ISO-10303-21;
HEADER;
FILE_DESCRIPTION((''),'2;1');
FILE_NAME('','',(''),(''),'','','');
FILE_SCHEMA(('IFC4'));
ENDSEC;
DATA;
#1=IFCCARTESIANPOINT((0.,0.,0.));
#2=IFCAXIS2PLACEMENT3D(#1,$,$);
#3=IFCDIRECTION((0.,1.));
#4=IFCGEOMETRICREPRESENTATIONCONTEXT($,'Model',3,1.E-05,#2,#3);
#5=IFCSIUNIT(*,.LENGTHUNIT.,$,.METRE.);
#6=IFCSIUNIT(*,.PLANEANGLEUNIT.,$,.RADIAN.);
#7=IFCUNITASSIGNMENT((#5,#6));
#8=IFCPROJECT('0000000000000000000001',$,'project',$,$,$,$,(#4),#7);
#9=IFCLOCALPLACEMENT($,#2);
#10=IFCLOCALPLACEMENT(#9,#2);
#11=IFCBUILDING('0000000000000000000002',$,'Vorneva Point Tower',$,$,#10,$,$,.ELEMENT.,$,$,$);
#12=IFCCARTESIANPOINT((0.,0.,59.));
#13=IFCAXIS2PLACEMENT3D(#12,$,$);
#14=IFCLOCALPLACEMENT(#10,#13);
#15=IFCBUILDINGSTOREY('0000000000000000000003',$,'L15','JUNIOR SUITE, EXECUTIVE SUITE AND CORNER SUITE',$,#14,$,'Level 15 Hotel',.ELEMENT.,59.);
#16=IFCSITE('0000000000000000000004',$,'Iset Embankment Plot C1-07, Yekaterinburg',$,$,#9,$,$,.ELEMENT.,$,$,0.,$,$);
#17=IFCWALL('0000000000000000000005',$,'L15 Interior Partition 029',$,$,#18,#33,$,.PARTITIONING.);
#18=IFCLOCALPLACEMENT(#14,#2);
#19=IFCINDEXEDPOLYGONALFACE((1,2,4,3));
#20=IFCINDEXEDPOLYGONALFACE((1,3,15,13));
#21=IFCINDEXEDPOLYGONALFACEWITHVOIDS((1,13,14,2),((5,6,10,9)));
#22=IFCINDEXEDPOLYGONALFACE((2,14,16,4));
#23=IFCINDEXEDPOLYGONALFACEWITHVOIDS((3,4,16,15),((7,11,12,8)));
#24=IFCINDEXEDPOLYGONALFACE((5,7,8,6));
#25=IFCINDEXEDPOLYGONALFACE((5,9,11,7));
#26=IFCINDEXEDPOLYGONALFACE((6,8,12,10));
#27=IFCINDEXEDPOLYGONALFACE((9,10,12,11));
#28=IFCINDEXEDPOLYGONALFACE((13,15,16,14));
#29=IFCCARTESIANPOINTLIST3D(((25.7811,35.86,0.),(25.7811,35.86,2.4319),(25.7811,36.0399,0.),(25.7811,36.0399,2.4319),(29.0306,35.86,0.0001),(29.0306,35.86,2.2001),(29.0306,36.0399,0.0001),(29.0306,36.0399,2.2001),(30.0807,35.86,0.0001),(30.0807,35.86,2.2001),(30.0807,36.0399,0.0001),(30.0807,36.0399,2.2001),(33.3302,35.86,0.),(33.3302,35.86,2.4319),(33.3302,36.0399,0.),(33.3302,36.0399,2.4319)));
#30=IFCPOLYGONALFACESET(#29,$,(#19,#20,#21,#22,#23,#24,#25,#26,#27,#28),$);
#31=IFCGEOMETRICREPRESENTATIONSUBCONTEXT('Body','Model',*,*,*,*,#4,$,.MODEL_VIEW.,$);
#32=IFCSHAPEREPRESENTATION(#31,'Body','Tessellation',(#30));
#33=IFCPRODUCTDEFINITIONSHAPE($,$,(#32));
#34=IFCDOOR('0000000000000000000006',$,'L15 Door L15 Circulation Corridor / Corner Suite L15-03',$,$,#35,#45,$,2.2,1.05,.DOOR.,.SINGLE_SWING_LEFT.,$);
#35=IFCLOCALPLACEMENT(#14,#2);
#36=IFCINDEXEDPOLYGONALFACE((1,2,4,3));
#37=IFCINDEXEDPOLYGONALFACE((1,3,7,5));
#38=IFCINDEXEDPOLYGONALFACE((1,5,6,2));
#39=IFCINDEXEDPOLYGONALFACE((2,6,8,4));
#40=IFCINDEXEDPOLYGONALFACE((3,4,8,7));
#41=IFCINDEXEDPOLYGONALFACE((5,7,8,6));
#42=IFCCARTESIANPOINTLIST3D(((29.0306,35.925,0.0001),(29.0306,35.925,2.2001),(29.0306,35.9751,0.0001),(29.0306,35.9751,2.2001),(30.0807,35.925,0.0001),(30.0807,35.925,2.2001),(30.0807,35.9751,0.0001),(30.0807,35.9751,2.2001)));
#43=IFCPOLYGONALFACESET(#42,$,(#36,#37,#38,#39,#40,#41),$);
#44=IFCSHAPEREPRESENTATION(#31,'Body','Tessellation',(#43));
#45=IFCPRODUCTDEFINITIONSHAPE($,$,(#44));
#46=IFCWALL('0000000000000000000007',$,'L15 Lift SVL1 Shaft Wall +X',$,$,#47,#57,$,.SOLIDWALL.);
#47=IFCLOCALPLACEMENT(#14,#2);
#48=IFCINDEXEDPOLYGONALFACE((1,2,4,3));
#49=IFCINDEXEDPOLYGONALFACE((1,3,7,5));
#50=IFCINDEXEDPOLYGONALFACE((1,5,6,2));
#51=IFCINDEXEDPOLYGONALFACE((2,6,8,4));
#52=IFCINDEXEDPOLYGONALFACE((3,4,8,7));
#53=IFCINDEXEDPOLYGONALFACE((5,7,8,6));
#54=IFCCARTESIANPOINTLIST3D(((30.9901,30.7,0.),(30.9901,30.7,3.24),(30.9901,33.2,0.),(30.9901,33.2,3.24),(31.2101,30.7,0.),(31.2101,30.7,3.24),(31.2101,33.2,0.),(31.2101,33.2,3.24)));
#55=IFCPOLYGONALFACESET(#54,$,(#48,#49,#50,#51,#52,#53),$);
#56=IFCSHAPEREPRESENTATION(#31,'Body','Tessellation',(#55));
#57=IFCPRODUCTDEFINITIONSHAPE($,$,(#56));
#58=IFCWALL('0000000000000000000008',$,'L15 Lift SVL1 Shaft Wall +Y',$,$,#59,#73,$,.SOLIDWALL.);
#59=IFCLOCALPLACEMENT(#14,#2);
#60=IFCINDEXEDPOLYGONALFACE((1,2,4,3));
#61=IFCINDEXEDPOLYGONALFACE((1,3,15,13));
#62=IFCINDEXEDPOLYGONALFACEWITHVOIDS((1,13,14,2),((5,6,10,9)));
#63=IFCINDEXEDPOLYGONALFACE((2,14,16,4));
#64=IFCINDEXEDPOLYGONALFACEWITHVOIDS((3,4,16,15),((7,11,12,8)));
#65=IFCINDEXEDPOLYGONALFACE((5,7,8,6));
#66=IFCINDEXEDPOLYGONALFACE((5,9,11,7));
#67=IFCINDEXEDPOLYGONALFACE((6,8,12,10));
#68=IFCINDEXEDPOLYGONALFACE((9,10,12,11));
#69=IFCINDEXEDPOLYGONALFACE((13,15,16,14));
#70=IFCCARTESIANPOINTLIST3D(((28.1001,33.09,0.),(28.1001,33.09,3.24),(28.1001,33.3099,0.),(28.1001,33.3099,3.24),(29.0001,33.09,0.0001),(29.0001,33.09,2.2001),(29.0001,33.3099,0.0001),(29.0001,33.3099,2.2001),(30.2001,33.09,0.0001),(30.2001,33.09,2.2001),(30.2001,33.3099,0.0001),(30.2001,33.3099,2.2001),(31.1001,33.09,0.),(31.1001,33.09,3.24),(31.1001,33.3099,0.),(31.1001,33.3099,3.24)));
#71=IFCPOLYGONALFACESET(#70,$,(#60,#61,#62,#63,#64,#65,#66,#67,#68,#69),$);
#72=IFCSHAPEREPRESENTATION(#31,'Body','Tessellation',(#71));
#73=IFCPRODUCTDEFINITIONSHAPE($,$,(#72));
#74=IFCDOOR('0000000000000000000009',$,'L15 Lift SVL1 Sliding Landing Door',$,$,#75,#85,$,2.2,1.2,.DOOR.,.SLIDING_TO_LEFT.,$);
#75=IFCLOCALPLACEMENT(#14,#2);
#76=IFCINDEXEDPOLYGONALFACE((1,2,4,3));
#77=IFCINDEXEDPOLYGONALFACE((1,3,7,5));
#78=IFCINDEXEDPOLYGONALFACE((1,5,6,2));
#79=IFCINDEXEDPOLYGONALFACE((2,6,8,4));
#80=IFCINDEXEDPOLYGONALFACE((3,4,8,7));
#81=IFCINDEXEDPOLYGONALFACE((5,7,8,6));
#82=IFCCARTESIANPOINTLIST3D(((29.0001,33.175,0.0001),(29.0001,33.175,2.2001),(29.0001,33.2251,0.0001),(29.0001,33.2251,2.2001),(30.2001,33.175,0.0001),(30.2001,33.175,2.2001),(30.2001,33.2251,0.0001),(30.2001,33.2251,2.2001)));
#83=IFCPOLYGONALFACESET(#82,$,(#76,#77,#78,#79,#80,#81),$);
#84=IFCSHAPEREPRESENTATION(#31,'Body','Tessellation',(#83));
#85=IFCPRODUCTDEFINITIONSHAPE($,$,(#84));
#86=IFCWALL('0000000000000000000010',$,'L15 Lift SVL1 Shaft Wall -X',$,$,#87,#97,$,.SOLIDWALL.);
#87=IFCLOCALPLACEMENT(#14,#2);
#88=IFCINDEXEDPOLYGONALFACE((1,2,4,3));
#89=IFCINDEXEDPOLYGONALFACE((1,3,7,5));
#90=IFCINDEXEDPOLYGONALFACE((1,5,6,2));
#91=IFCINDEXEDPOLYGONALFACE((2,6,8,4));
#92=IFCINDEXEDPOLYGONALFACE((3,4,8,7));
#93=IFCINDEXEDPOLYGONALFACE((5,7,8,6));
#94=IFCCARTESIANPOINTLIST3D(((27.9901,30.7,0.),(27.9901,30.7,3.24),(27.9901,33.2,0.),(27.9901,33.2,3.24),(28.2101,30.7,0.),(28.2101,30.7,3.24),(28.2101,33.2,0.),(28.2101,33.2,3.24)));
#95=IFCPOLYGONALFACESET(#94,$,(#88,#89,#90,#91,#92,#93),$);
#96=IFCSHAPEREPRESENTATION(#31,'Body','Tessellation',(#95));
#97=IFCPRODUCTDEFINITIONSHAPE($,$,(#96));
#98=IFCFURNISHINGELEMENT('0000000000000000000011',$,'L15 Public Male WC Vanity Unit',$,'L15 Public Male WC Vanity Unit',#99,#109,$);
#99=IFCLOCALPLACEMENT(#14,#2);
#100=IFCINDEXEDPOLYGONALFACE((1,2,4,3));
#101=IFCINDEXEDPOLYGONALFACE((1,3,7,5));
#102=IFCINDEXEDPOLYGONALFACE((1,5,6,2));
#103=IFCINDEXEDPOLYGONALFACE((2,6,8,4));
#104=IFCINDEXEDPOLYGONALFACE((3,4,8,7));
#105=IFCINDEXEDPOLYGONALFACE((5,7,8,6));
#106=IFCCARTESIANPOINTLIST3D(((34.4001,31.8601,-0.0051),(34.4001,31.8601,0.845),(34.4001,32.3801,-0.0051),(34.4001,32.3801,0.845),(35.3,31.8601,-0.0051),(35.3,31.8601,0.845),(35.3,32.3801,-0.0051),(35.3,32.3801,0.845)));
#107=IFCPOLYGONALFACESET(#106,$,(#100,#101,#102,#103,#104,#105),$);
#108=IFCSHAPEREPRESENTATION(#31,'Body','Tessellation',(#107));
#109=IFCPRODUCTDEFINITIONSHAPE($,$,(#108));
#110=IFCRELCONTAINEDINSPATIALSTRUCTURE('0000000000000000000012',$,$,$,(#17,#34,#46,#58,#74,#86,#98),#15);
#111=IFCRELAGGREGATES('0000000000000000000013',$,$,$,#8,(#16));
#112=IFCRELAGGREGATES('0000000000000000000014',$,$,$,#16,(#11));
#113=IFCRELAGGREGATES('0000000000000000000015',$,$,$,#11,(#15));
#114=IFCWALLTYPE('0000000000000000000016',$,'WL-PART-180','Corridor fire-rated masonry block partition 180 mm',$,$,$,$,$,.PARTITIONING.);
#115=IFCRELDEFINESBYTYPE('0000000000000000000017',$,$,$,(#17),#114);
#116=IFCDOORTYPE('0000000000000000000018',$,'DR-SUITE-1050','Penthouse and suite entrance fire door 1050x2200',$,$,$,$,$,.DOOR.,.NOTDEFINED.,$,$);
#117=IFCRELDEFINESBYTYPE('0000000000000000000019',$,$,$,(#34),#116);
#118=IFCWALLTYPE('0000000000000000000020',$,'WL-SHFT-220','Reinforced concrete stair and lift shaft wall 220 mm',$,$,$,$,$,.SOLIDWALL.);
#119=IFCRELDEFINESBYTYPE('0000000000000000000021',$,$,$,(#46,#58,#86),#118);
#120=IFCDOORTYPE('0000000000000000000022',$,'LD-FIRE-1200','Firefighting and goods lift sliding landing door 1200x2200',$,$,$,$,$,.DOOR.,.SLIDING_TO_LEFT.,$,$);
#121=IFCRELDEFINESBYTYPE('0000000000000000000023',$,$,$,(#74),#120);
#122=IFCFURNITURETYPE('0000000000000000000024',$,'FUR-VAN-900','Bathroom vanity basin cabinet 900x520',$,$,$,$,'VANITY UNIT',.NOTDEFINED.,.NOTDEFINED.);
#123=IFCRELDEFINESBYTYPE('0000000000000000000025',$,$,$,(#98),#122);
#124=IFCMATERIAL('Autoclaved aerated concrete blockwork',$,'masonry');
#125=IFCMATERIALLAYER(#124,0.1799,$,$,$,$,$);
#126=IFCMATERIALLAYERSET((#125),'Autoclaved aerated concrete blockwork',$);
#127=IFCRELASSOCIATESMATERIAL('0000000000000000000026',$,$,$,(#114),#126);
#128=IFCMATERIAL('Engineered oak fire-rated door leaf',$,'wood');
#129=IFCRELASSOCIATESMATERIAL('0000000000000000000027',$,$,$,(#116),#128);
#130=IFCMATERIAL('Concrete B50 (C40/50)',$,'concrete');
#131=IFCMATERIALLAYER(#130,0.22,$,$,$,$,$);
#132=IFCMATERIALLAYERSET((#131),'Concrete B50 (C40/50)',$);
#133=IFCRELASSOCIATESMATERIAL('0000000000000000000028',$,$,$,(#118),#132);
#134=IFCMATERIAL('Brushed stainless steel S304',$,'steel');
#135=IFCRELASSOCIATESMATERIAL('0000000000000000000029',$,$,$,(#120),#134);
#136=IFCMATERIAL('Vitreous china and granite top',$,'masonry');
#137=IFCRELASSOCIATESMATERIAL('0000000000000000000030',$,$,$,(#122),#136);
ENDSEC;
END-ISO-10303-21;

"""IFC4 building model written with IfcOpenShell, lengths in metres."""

from ifc_helpers import new_model, si_unit, direction, frame, frame_2d, origin, origin_2d, place, context, subcontext, project, spatial, rectangle, extrude, material, layer, layer_set, type_object, element, fill, save


model = new_model("IFC4")

# Units and contexts
model_context = context("Model", 3, precision=1e-05, world=origin(), true_north=direction((0.0, 1.0)))
body_context = subcontext(model_context, "Body", "Model", "MODEL_VIEW")
ifc_project = project(units=[si_unit("LENGTHUNIT", "METRE"), si_unit("PLANEANGLEUNIT", "RADIAN")], contexts=[model_context])

# Site, building, storey
site_placement = place(None, origin())
site = spatial("IfcSite", under=ifc_project, at=site_placement, Name="Iset Embankment Plot C1-07, Yekaterinburg", CompositionType="ELEMENT", RefElevation=0.0)
building_placement = place(site_placement, origin())
building = spatial("IfcBuilding", under=site, at=building_placement, Name="Vorneva Point Tower", CompositionType="ELEMENT")
storey_placement = place(building_placement, frame((0.0, 0.0, 59.0)))
storey = spatial("IfcBuildingStorey", under=building, at=storey_placement, Name="L15", Description="JUNIOR SUITE, EXECUTIVE SUITE AND CORNER SUITE", LongName="Level 15 Hotel", CompositionType="ELEMENT", Elevation=59.0)

# Shared definitions
ifc_material_1 = material(Name="Engineered oak fire-rated door leaf", Category="wood")

# Shared definitions
ifc_material_2 = material(Name="Autoclaved aerated concrete blockwork", Category="masonry")
ifc_layer_1 = layer(ifc_material_2, 0.1799)
ifc_layer_set_1 = layer_set([ifc_layer_1], Name="Autoclaved aerated concrete blockwork")
wall_type_1 = type_object("IfcWallType", Name="WL-PART-180", Description="Corridor fire-rated masonry block partition 180 mm", PredefinedType="PARTITIONING", material=ifc_layer_set_1)

# Wall, opening, door
wall_1_placement = place(storey_placement, frame((33.3301, 35.95, 0.0), z_axis=(0.0, 0.0, 1.0), x_axis=(-1.0, 0.0, 0.0)))
wall_1 = element("IfcWall", 1, at=wall_1_placement, inside=storey, type_object=wall_type_1, Name="L15 Interior Partition 029", PredefinedType="PARTITIONING", context=body_context, shape_type="SweptSolid", body=[
    extrude(rectangle(XDim=7.5491, YDim=0.1799, at=frame_2d((3.7744, 0.0))), origin(), (0.0, 0.0, 1.0), 2.4319),
])
opening_1_placement = place(wall_1_placement, frame((3.2495, 0.0, 0.0)))
opening_1 = element("IfcOpeningElement", 2, at=opening_1_placement, cuts=wall_1, PredefinedType="OPENING", context=body_context, shape_type="SweptSolid", body=[
    extrude(rectangle(XDim=1.05, YDim=2.2, at=frame_2d((0.5249, 1.1001))), frame((0.0, 0.105, 0.0), z_axis=(0.0, -1.0, 0.0), x_axis=(1.0, 0.0, 0.0)), (0.0, 0.0, 1.0), 0.2097),
])
door_type_1 = type_object("IfcDoorType", Name="DR-SUITE-1050", Description="Penthouse and suite entrance fire door 1050x2200", OperationType="NOTDEFINED", PredefinedType="DOOR", material=ifc_material_1)
door_1_placement = place(opening_1_placement, origin())
door_1 = element("IfcDoor", 3, at=door_1_placement, inside=storey, type_object=door_type_1, Name="L15 Door L15 Circulation Corridor / Corner Suite L15-03", OperationType="SINGLE_SWING_LEFT", OverallHeight=2.2, OverallWidth=1.05, PredefinedType="DOOR", context=body_context, shape_type="SweptSolid", body=[
    extrude(rectangle(XDim=1.05, YDim=2.2, at=frame_2d((0.5249, 1.1001))), frame((0.0, 0.0249, 0.0), z_axis=(0.0, -1.0, 0.0), x_axis=(1.0, 0.0, 0.0)), (0.0, 0.0, 1.0), 0.05),
])
fill(opening_1, door_1)

# Wall
ifc_material_3 = material(Name="Concrete B50 (C40/50)", Category="concrete")
ifc_layer_2 = layer(ifc_material_3, 0.22)
ifc_layer_set_2 = layer_set([ifc_layer_2], Name="Concrete B50 (C40/50)")
wall_type_2 = type_object("IfcWallType", Name="WL-SHFT-220", Description="Reinforced concrete stair and lift shaft wall 220 mm", PredefinedType="SOLIDWALL", material=ifc_layer_set_2)
wall_2_placement = place(storey_placement, frame((31.1001, 30.7, 0.0), z_axis=(0.0, 0.0, 1.0), x_axis=(0.0, 1.0, 0.0)))
element("IfcWall", 4, at=wall_2_placement, inside=storey, type_object=wall_type_2, Name="L15 Lift SVL1 Shaft Wall +X", PredefinedType="SOLIDWALL", context=body_context, shape_type="SweptSolid", body=[
    extrude(rectangle(XDim=2.5, YDim=0.22, at=frame_2d((1.25, 0.0))), origin(), (0.0, 0.0, 1.0), 3.24),
])

# Wall, opening, door
wall_3_placement = place(storey_placement, frame((31.1001, 33.2, 0.0), z_axis=(0.0, 0.0, 1.0), x_axis=(-1.0, 0.0, 0.0)))
wall_3 = element("IfcWall", 5, at=wall_3_placement, inside=storey, type_object=wall_type_2, Name="L15 Lift SVL1 Shaft Wall +Y", PredefinedType="SOLIDWALL", context=body_context, shape_type="SweptSolid", body=[
    extrude(rectangle(XDim=3.0, YDim=0.22, at=frame_2d((1.5, 0.0))), origin(), (0.0, 0.0, 1.0), 3.24),
])
opening_2_placement = place(wall_3_placement, frame((0.8999, 0.0, 0.0)))
opening_2 = element("IfcOpeningElement", 6, at=opening_2_placement, cuts=wall_3, PredefinedType="OPENING", context=body_context, shape_type="SweptSolid", body=[
    extrude(rectangle(XDim=1.2, YDim=2.2, at=frame_2d((0.6001, 1.1001))), frame((0.0, 0.125, 0.0), z_axis=(0.0, -1.0, 0.0), x_axis=(1.0, 0.0, 0.0)), (0.0, 0.0, 1.0), 0.2498),
])
ifc_material_4 = material(Name="Brushed stainless steel S304", Category="steel")
door_type_2 = type_object("IfcDoorType", Name="LD-FIRE-1200", Description="Firefighting and goods lift sliding landing door 1200x2200", OperationType="SLIDING_TO_LEFT", PredefinedType="DOOR", material=ifc_material_4)
door_2_placement = place(opening_2_placement, origin())
door_2 = element("IfcDoor", 7, at=door_2_placement, inside=storey, type_object=door_type_2, Name="L15 Lift SVL1 Sliding Landing Door", OperationType="SLIDING_TO_LEFT", OverallHeight=2.2, OverallWidth=1.2, PredefinedType="DOOR", context=body_context, shape_type="SweptSolid", body=[
    extrude(rectangle(XDim=1.2, YDim=2.2, at=frame_2d((0.6001, 1.1001))), frame((0.0, 0.0249, 0.0), z_axis=(0.0, -1.0, 0.0), x_axis=(1.0, 0.0, 0.0)), (0.0, 0.0, 1.0), 0.05),
])
fill(opening_2, door_2)

# Wall
wall_4_placement = place(storey_placement, frame((28.1001, 33.2, 0.0), z_axis=(0.0, 0.0, 1.0), x_axis=(0.0, -1.0, 0.0)))
element("IfcWall", 8, at=wall_4_placement, inside=storey, type_object=wall_type_2, Name="L15 Lift SVL1 Shaft Wall -X", PredefinedType="SOLIDWALL", context=body_context, shape_type="SweptSolid", body=[
    extrude(rectangle(XDim=2.5, YDim=0.22, at=frame_2d((1.25, 0.0))), origin(), (0.0, 0.0, 1.0), 3.24),
])

# Furnishing element
ifc_material_5 = material(Name="Vitreous china and granite top", Category="masonry")
furniture_type = type_object("IfcFurnitureType", Name="FUR-VAN-900", Description="Bathroom vanity basin cabinet 900x520", ElementType="VANITY UNIT", AssemblyPlace="NOTDEFINED", PredefinedType="NOTDEFINED", material=ifc_material_5)
furnishing_placement = place(storey_placement, frame((34.8501, 32.1201, -0.0051), z_axis=(0.0, 0.0, 1.0), x_axis=(1.0, 0.0, 0.0)))
element("IfcFurnishingElement", 9, at=furnishing_placement, inside=storey, type_object=furniture_type, Name="L15 Public Male WC Vanity Unit", ObjectType="L15 Public Male WC Vanity Unit", context=body_context, shape_type="SweptSolid", body=[
    extrude(rectangle(XDim=0.8999, YDim=0.52, at=origin_2d()), origin(), (0.0, 0.0, 1.0), 0.8501),
])

save(model, "model.ifc")
